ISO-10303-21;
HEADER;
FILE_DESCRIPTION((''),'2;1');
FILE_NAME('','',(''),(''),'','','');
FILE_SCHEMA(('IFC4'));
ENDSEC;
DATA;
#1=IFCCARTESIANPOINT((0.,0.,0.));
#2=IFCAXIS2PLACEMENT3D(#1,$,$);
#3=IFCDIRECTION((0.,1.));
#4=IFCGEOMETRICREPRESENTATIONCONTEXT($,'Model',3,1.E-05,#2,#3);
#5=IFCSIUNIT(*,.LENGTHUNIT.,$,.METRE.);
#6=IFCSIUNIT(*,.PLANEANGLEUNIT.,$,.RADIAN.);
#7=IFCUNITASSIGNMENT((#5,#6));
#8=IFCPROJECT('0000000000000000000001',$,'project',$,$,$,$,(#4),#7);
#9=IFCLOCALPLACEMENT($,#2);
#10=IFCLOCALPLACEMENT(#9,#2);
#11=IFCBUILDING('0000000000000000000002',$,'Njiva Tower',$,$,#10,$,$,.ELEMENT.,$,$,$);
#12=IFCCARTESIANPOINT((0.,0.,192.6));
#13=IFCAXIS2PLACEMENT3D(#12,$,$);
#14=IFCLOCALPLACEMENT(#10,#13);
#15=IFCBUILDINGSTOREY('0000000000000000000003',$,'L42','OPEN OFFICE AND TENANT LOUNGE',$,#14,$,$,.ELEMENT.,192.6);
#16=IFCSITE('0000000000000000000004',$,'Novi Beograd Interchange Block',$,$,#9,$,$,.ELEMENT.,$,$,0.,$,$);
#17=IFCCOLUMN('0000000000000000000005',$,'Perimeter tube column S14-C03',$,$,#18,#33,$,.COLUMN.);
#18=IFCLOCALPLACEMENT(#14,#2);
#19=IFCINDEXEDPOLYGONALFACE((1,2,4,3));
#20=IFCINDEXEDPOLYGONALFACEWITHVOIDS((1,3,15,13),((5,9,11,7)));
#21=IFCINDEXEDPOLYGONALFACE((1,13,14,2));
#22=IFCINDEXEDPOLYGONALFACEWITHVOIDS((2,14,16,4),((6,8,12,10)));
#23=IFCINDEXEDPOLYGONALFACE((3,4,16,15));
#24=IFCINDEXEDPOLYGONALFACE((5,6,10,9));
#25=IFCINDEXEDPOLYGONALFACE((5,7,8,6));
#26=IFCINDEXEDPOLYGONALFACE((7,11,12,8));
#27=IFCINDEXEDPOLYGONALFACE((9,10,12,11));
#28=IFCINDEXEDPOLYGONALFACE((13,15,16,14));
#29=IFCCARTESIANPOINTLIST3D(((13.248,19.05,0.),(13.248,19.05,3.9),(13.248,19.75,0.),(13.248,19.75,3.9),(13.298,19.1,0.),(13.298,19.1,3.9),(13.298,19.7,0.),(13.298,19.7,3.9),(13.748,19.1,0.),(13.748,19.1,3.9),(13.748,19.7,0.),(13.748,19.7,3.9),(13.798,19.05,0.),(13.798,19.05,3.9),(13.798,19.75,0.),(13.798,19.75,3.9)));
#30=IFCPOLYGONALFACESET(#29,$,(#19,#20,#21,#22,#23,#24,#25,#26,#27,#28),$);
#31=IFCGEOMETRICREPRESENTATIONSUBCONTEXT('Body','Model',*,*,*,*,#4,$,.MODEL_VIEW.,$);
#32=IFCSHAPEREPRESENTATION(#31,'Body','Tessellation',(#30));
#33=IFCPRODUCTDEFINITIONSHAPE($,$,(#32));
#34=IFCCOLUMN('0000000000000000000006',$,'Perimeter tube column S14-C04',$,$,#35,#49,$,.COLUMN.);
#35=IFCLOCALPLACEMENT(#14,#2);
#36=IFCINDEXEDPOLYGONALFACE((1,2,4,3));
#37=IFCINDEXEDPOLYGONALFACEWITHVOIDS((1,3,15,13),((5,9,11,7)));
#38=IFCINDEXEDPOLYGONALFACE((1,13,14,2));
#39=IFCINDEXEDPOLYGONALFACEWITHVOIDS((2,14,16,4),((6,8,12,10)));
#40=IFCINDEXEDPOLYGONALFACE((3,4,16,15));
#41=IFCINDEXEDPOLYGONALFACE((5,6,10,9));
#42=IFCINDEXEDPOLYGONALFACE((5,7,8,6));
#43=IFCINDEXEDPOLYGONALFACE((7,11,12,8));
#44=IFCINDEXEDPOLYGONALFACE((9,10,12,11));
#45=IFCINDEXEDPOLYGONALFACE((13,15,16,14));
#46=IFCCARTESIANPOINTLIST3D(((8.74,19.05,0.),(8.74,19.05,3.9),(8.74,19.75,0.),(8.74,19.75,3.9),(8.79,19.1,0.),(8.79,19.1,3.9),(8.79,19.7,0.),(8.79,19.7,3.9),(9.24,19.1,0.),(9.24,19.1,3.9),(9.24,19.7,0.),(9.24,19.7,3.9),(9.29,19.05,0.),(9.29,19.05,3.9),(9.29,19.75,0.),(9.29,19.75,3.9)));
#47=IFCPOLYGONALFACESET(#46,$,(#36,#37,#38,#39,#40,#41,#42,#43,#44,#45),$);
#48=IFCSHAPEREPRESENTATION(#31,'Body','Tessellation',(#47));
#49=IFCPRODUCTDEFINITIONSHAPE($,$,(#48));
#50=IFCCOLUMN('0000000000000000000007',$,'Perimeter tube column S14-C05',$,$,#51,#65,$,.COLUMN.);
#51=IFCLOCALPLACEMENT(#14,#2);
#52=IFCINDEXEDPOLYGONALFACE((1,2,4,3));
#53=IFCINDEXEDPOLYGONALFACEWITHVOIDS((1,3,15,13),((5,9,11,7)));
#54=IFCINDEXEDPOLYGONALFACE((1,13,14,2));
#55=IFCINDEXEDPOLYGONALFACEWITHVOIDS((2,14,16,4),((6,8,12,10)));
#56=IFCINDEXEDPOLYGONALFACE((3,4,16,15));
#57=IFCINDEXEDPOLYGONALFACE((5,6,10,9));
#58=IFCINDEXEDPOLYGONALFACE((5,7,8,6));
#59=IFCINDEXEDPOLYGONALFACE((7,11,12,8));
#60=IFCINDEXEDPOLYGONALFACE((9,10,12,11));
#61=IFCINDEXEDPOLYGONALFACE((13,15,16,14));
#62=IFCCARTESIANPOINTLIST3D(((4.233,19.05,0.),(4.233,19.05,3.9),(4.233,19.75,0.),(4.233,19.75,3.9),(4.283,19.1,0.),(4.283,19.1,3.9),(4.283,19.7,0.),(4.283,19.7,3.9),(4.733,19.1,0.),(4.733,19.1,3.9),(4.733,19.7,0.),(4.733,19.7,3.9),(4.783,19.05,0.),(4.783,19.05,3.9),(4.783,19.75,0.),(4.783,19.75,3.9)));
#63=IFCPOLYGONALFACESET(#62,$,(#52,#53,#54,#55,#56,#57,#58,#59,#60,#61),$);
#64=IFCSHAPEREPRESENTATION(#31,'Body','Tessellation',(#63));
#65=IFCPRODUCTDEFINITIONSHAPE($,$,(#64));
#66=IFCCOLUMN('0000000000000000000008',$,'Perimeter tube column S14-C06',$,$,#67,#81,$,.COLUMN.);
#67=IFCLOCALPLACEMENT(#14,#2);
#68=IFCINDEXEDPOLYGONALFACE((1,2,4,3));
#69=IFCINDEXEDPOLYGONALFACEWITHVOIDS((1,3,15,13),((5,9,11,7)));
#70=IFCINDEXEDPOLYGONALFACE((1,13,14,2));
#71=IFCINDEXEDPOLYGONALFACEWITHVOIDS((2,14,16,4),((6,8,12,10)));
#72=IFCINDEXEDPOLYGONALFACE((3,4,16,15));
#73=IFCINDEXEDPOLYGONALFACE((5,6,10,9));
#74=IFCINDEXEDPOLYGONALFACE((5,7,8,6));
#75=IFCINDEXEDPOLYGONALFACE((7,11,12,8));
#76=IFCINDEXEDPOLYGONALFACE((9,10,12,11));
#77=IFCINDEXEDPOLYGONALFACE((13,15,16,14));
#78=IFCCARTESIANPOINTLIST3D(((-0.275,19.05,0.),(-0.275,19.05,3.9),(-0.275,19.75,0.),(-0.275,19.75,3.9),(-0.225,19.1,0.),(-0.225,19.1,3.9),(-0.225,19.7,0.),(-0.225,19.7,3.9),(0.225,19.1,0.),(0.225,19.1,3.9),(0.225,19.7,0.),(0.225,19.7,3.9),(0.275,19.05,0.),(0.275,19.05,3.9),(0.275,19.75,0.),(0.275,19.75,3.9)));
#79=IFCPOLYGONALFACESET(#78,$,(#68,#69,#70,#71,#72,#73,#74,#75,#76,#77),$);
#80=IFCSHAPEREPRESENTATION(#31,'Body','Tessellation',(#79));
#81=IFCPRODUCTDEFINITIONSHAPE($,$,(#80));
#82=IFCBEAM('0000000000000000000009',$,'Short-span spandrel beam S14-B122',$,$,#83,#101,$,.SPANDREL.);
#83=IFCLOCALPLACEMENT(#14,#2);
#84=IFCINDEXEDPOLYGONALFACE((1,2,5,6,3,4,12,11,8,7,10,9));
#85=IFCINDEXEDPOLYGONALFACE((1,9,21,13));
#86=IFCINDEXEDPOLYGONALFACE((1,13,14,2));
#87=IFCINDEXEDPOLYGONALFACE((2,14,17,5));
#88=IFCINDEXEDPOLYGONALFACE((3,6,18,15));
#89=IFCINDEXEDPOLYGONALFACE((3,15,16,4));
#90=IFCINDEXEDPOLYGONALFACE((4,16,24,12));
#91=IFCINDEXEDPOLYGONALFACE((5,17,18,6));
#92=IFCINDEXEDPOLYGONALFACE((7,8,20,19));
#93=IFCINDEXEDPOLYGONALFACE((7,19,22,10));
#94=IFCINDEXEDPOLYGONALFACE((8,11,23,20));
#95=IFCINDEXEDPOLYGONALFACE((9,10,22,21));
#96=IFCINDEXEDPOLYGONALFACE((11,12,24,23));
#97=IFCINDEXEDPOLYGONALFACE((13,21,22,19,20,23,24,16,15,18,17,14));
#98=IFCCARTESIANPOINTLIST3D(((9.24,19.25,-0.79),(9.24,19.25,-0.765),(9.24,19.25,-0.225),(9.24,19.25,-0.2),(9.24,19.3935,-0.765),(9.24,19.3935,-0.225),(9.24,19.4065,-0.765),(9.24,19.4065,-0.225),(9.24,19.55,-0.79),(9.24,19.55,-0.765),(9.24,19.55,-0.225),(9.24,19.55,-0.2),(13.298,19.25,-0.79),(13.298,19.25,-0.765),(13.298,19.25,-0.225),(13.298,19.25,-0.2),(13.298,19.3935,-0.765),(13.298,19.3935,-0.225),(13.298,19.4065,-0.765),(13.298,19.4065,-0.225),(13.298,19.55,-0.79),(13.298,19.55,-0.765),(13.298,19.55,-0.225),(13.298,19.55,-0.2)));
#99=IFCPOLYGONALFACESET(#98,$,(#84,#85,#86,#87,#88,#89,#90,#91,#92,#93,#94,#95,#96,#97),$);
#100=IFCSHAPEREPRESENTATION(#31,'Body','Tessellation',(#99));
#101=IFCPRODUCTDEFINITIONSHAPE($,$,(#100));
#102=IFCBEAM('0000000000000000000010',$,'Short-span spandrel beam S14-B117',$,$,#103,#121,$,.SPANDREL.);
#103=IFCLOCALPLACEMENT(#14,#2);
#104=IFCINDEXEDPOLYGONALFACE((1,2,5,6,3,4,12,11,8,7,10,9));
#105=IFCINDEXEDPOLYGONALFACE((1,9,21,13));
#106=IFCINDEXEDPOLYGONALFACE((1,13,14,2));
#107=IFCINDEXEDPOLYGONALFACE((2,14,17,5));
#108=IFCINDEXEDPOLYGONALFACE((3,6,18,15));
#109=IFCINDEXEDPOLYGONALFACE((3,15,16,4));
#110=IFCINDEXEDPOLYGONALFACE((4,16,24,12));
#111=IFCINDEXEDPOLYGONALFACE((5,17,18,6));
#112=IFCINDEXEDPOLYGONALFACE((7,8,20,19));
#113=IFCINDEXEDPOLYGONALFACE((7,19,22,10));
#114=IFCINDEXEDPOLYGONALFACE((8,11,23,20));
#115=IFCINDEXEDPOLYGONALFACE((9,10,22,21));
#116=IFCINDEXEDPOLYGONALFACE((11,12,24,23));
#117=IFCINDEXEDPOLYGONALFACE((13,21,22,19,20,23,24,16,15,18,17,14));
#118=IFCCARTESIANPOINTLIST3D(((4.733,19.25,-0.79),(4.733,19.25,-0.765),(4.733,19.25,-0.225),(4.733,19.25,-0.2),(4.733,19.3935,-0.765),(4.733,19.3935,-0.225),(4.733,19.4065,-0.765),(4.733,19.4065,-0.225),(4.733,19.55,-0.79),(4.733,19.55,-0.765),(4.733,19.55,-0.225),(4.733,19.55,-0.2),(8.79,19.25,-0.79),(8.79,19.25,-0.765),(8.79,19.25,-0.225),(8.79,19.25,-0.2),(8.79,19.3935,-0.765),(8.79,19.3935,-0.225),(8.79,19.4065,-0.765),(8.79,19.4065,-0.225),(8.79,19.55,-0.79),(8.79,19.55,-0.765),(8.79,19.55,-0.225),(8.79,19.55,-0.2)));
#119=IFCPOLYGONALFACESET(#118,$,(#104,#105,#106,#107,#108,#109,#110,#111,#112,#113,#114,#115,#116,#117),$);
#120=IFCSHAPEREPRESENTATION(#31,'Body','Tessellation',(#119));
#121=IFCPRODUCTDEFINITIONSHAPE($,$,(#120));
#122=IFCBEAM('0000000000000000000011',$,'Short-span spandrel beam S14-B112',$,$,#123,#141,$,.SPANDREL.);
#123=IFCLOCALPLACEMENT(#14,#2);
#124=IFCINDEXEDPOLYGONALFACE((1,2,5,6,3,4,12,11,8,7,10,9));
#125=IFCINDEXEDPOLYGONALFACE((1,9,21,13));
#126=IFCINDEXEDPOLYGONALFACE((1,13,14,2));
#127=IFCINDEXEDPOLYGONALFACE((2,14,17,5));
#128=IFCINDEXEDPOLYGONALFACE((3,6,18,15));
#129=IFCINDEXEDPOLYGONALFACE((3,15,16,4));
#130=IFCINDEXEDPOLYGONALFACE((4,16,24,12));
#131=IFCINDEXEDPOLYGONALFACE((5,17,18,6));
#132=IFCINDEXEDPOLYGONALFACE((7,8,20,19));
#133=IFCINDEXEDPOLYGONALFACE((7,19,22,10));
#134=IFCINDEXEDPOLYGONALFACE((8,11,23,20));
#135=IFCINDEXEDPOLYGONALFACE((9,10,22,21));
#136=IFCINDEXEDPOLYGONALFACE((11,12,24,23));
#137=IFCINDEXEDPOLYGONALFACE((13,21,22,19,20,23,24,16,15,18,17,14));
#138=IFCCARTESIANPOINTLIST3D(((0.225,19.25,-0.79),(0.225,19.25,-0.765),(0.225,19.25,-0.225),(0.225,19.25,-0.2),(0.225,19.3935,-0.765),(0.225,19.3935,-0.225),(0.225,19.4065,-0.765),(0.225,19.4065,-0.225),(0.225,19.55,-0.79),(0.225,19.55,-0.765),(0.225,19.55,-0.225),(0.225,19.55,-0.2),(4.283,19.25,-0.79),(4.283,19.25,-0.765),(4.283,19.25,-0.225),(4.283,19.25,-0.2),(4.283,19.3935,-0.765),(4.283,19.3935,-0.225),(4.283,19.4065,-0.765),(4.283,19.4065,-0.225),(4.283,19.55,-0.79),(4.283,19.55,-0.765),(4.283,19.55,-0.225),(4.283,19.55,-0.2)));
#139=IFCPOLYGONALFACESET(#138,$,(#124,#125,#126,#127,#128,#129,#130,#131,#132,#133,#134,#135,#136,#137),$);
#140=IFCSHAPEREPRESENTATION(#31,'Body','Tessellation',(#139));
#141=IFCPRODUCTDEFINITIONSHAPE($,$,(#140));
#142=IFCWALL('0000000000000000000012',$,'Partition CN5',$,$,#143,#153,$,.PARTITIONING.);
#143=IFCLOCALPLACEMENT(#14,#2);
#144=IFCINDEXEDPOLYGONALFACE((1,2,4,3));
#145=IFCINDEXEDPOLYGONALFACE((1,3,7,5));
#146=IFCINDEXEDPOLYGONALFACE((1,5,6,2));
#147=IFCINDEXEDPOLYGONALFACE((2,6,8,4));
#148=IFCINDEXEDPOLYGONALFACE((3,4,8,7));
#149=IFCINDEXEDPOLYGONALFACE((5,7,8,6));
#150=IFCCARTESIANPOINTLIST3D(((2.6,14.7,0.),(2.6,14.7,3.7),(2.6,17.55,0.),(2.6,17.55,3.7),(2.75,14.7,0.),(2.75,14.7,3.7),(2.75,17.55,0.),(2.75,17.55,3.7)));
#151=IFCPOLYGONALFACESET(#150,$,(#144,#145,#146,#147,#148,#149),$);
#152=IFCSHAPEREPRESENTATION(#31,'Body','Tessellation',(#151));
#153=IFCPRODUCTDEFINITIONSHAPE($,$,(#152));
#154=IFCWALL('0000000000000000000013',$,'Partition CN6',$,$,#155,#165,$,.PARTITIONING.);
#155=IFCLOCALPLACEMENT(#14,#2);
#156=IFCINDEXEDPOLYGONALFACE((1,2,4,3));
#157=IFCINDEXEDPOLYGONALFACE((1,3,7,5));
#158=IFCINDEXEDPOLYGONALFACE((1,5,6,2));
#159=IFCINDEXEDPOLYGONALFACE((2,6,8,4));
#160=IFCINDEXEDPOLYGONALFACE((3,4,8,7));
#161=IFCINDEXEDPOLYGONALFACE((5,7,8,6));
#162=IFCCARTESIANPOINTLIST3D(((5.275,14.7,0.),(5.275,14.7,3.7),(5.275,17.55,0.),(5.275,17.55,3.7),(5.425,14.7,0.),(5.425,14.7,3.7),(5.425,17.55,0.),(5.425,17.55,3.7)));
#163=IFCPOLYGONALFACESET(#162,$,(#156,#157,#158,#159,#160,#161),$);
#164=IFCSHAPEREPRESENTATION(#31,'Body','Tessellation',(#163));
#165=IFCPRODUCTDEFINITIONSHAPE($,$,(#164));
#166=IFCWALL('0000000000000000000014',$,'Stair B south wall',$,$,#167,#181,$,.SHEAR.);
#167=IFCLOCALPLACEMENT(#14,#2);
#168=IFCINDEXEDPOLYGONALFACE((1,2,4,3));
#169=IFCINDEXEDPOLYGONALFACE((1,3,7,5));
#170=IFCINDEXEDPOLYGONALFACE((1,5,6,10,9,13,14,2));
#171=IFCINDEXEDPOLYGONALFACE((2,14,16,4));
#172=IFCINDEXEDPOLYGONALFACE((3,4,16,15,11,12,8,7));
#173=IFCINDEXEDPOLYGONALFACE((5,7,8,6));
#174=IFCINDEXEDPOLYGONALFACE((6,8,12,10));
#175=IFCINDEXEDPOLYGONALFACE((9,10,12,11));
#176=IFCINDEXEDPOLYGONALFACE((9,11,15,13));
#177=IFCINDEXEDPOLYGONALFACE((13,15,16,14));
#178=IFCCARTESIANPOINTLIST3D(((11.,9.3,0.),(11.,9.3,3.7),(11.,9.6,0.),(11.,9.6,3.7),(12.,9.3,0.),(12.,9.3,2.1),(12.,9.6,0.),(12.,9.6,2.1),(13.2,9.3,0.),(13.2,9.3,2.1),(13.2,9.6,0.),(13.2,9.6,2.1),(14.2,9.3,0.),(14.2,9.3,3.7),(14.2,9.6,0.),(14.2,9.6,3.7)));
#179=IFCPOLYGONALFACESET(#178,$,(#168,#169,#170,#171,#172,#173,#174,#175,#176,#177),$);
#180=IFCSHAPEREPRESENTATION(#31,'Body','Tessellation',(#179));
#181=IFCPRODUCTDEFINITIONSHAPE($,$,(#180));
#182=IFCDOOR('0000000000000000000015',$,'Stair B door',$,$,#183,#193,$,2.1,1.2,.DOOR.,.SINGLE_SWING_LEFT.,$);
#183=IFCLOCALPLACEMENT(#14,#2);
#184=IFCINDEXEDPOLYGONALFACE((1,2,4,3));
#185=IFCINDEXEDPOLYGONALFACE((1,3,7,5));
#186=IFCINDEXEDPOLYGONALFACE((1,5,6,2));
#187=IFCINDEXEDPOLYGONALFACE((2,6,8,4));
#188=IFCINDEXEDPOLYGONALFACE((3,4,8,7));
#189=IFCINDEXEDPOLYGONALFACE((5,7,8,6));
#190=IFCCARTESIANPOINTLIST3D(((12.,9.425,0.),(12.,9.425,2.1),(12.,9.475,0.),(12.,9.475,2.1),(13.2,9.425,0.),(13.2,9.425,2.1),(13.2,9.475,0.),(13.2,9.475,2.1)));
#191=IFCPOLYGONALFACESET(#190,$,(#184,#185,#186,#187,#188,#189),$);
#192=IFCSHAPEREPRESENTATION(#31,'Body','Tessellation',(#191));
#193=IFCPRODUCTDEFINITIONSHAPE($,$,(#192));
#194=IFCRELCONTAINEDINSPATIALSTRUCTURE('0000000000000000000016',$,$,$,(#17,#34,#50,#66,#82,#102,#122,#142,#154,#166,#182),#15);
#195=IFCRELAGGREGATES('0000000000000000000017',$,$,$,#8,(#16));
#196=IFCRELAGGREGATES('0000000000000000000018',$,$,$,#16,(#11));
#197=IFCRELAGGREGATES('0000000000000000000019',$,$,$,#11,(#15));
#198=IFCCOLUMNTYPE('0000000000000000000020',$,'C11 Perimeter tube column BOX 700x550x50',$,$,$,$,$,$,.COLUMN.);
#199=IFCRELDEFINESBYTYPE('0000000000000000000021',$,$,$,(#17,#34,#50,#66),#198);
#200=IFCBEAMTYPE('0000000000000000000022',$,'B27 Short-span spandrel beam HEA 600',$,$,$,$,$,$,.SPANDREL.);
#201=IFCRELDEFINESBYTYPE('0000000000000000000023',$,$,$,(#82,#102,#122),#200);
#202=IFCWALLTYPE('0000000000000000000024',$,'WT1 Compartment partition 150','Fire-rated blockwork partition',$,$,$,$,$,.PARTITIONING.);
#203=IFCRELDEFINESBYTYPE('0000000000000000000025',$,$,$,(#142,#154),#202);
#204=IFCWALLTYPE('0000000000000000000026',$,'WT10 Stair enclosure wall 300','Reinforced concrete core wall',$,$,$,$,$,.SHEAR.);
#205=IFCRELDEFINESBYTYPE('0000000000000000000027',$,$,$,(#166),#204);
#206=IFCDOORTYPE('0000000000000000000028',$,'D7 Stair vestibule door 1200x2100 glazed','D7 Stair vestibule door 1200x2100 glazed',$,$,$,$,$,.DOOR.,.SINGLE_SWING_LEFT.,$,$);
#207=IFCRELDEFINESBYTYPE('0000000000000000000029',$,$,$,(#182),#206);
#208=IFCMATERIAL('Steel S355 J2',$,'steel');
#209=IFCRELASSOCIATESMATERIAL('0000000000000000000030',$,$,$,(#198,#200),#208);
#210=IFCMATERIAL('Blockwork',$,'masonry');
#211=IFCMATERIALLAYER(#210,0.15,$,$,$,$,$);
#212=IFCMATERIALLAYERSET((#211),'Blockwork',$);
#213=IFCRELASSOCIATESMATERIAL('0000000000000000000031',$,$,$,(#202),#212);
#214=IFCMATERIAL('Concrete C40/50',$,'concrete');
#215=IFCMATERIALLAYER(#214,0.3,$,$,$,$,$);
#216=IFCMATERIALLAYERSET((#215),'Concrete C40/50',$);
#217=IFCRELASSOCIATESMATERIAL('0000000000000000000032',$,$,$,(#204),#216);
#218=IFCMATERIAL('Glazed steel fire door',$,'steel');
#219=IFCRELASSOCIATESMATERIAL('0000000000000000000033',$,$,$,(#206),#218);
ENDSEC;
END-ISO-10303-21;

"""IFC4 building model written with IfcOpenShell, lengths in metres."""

from ifc_helpers import new_model, si_unit, direction, frame, frame_2d, origin, origin_2d, place, context, subcontext, project, spatial, rectangle, hollow_rectangle, i_section, extrude, material, layer, layer_set, material_profile, profile_set, type_object, element, fill, save


model = new_model("IFC4")

# Units and contexts
model_context = context("Model", 3, precision=1e-05, world=origin(), true_north=direction((0.0, 1.0)))
body_context = subcontext(model_context, "Body", "Model", "MODEL_VIEW")
ifc_project = project(units=[si_unit("LENGTHUNIT", "METRE"), si_unit("PLANEANGLEUNIT", "RADIAN")], contexts=[model_context])

# Site, building, storey
site_placement = place(None, origin())
site = spatial("IfcSite", under=ifc_project, at=site_placement, Name="Novi Beograd Interchange Block", CompositionType="ELEMENT", RefElevation=0.0)
building_placement = place(site_placement, origin())
building = spatial("IfcBuilding", under=site, at=building_placement, Name="Njiva Tower", CompositionType="ELEMENT")
storey_placement = place(building_placement, frame((0.0, 0.0, 192.6)))
storey = spatial("IfcBuildingStorey", under=building, at=storey_placement, Name="L42", Description="OPEN OFFICE AND TENANT LOUNGE", CompositionType="ELEMENT", Elevation=192.6)

# Columns
ifc_material_1 = material(Name="Steel S355 J2", Category="steel")
ifc_material_profile_1 = material_profile(ifc_material_1, hollow_rectangle(XDim=0.55, YDim=0.7, WallThickness=0.05, at=origin_2d()), Name="BOX 700x550x50")
ifc_profile_set_1 = profile_set([ifc_material_profile_1], Name="Steel S355 J2")
column_type = type_object("IfcColumnType", Name="C11 Perimeter tube column BOX 700x550x50", PredefinedType="COLUMN", material=ifc_profile_set_1)
for number, where, z_axis, x_axis, name in (
    (1, (13.523, 19.4, 0.0), (0.0, 0.0, 1.0), (-1.0, 0.0, 0.0), "Perimeter tube column S14-C03"),
    (2, (9.015, 19.4, 0.0), (0.0, 0.0, 1.0), (-1.0, 0.0, 0.0), "Perimeter tube column S14-C04"),
    (3, (4.508, 19.4, 0.0), (0.0, 0.0, 1.0), (-1.0, 0.0, 0.0), "Perimeter tube column S14-C05"),
    (4, (0.0, 19.4, 0.0), (0.0, 0.0, 1.0), (-1.0, 0.0, 0.0), "Perimeter tube column S14-C06"),
):
    element("IfcColumn", number, at=place(storey_placement, frame(where, z_axis=z_axis, x_axis=x_axis)), inside=storey, type_object=column_type, Name=name, PredefinedType="COLUMN", context=body_context, shape_type="SweptSolid", body=[
        extrude(hollow_rectangle(XDim=0.55, YDim=0.7, WallThickness=0.05, at=origin_2d()), origin(), (0.0, 0.0, 1.0), 3.9),
    ])

# Beams
ifc_material_profile_2 = material_profile(ifc_material_1, i_section(OverallWidth=0.3, OverallDepth=0.59, WebThickness=0.013, FlangeThickness=0.025, at=origin_2d()), Name="HEA 600")
ifc_profile_set_2 = profile_set([ifc_material_profile_2], Name="Steel S355 J2")
beam_type = type_object("IfcBeamType", Name="B27 Short-span spandrel beam HEA 600", PredefinedType="SPANDREL", material=ifc_profile_set_2)
beam_1_placement = place(storey_placement, frame((13.298, 19.4, -0.495), z_axis=(-1.0, 0.0, 0.0), x_axis=(0.0, -1.0, 0.0)))
element("IfcBeam", 5, at=beam_1_placement, inside=storey, type_object=beam_type, Name="Short-span spandrel beam S14-B122", PredefinedType="SPANDREL", context=body_context, shape_type="SweptSolid", body=[
    extrude(i_section(OverallWidth=0.3, OverallDepth=0.59, WebThickness=0.013, FlangeThickness=0.025, at=origin_2d()), origin(), (0.0, 0.0, 1.0), 4.058),
])
beam_2_placement = place(storey_placement, frame((8.79, 19.4, -0.495), z_axis=(-1.0, 0.0, 0.0), x_axis=(0.0, -1.0, 0.0)))
element("IfcBeam", 6, at=beam_2_placement, inside=storey, type_object=beam_type, Name="Short-span spandrel beam S14-B117", PredefinedType="SPANDREL", context=body_context, shape_type="SweptSolid", body=[
    extrude(i_section(OverallWidth=0.3, OverallDepth=0.59, WebThickness=0.013, FlangeThickness=0.025, at=origin_2d()), origin(), (0.0, 0.0, 1.0), 4.057),
])
beam_3_placement = place(storey_placement, frame((4.283, 19.4, -0.495), z_axis=(-1.0, 0.0, 0.0), x_axis=(0.0, -1.0, 0.0)))
element("IfcBeam", 7, at=beam_3_placement, inside=storey, type_object=beam_type, Name="Short-span spandrel beam S14-B112", PredefinedType="SPANDREL", context=body_context, shape_type="SweptSolid", body=[
    extrude(i_section(OverallWidth=0.3, OverallDepth=0.59, WebThickness=0.013, FlangeThickness=0.025, at=origin_2d()), origin(), (0.0, 0.0, 1.0), 4.058),
])

# Walls
ifc_material_2 = material(Name="Blockwork", Category="masonry")
ifc_layer_1 = layer(ifc_material_2, 0.15)
ifc_layer_set_1 = layer_set([ifc_layer_1], Name="Blockwork")
wall_type_1 = type_object("IfcWallType", Name="WT1 Compartment partition 150", Description="Fire-rated blockwork partition", PredefinedType="PARTITIONING", material=ifc_layer_set_1)
for number, where, z_axis, x_axis, name in (
    (8, (2.675, 14.7, 0.0), (0.0, 0.0, 1.0), (0.0, 1.0, 0.0), "Partition CN5"),
    (9, (5.35, 14.7, 0.0), (0.0, 0.0, 1.0), (0.0, 1.0, 0.0), "Partition CN6"),
):
    element("IfcWall", number, at=place(storey_placement, frame(where, z_axis=z_axis, x_axis=x_axis)), inside=storey, type_object=wall_type_1, Name=name, PredefinedType="PARTITIONING", context=body_context, shape_type="SweptSolid", body=[
        extrude(rectangle(XDim=2.85, YDim=0.15, at=frame_2d((1.425, 0.0))), origin(), (0.0, 0.0, 1.0), 3.7),
    ])

# Wall, opening, door
ifc_material_3 = material(Name="Concrete C40/50", Category="concrete")
ifc_layer_2 = layer(ifc_material_3, 0.3)
ifc_layer_set_2 = layer_set([ifc_layer_2], Name="Concrete C40/50")
wall_type_2 = type_object("IfcWallType", Name="WT10 Stair enclosure wall 300", Description="Reinforced concrete core wall", PredefinedType="SHEAR", material=ifc_layer_set_2)
wall_1_placement = place(storey_placement, frame((11.0, 9.45, 0.0), z_axis=(0.0, 0.0, 1.0), x_axis=(1.0, 0.0, 0.0)))
wall_1 = element("IfcWall", 10, at=wall_1_placement, inside=storey, type_object=wall_type_2, Name="Stair B south wall", PredefinedType="SHEAR", context=body_context, shape_type="SweptSolid", body=[
    extrude(rectangle(XDim=3.2, YDim=0.3, at=frame_2d((1.6, 0.0))), origin(), (0.0, 0.0, 1.0), 3.7),
])
opening_1_placement = place(wall_1_placement, frame((1.0, 0.0, 0.0)))
opening_1 = element("IfcOpeningElement", 11, at=opening_1_placement, cuts=wall_1, PredefinedType="OPENING", context=body_context, shape_type="SweptSolid", body=[
    extrude(rectangle(XDim=1.2, YDim=2.1, at=frame_2d((0.6, 1.05))), frame((0.0, 0.16, 0.0), z_axis=(0.0, -1.0, 0.0), x_axis=(1.0, 0.0, 0.0)), (0.0, 0.0, 1.0), 0.32),
])
ifc_material_4 = material(Name="Glazed steel fire door", Category="steel")
door_type_1 = type_object("IfcDoorType", Name="D7 Stair vestibule door 1200x2100 glazed", Description="D7 Stair vestibule door 1200x2100 glazed", OperationType="SINGLE_SWING_LEFT", PredefinedType="DOOR", material=ifc_material_4)
door_1_placement = place(opening_1_placement, origin())
door_1 = element("IfcDoor", 12, at=door_1_placement, inside=storey, type_object=door_type_1, Name="Stair B door", OperationType="SINGLE_SWING_LEFT", OverallHeight=2.1, OverallWidth=1.2, PredefinedType="DOOR", context=body_context, shape_type="SweptSolid", body=[
    extrude(rectangle(XDim=1.2, YDim=2.1, at=frame_2d((0.6, 1.05))), frame((0.0, 0.025, 0.0), z_axis=(0.0, -1.0, 0.0), x_axis=(1.0, 0.0, 0.0)), (0.0, 0.0, 1.0), 0.05),
])
fill(opening_1, door_1)

save(model, "model.ifc")
